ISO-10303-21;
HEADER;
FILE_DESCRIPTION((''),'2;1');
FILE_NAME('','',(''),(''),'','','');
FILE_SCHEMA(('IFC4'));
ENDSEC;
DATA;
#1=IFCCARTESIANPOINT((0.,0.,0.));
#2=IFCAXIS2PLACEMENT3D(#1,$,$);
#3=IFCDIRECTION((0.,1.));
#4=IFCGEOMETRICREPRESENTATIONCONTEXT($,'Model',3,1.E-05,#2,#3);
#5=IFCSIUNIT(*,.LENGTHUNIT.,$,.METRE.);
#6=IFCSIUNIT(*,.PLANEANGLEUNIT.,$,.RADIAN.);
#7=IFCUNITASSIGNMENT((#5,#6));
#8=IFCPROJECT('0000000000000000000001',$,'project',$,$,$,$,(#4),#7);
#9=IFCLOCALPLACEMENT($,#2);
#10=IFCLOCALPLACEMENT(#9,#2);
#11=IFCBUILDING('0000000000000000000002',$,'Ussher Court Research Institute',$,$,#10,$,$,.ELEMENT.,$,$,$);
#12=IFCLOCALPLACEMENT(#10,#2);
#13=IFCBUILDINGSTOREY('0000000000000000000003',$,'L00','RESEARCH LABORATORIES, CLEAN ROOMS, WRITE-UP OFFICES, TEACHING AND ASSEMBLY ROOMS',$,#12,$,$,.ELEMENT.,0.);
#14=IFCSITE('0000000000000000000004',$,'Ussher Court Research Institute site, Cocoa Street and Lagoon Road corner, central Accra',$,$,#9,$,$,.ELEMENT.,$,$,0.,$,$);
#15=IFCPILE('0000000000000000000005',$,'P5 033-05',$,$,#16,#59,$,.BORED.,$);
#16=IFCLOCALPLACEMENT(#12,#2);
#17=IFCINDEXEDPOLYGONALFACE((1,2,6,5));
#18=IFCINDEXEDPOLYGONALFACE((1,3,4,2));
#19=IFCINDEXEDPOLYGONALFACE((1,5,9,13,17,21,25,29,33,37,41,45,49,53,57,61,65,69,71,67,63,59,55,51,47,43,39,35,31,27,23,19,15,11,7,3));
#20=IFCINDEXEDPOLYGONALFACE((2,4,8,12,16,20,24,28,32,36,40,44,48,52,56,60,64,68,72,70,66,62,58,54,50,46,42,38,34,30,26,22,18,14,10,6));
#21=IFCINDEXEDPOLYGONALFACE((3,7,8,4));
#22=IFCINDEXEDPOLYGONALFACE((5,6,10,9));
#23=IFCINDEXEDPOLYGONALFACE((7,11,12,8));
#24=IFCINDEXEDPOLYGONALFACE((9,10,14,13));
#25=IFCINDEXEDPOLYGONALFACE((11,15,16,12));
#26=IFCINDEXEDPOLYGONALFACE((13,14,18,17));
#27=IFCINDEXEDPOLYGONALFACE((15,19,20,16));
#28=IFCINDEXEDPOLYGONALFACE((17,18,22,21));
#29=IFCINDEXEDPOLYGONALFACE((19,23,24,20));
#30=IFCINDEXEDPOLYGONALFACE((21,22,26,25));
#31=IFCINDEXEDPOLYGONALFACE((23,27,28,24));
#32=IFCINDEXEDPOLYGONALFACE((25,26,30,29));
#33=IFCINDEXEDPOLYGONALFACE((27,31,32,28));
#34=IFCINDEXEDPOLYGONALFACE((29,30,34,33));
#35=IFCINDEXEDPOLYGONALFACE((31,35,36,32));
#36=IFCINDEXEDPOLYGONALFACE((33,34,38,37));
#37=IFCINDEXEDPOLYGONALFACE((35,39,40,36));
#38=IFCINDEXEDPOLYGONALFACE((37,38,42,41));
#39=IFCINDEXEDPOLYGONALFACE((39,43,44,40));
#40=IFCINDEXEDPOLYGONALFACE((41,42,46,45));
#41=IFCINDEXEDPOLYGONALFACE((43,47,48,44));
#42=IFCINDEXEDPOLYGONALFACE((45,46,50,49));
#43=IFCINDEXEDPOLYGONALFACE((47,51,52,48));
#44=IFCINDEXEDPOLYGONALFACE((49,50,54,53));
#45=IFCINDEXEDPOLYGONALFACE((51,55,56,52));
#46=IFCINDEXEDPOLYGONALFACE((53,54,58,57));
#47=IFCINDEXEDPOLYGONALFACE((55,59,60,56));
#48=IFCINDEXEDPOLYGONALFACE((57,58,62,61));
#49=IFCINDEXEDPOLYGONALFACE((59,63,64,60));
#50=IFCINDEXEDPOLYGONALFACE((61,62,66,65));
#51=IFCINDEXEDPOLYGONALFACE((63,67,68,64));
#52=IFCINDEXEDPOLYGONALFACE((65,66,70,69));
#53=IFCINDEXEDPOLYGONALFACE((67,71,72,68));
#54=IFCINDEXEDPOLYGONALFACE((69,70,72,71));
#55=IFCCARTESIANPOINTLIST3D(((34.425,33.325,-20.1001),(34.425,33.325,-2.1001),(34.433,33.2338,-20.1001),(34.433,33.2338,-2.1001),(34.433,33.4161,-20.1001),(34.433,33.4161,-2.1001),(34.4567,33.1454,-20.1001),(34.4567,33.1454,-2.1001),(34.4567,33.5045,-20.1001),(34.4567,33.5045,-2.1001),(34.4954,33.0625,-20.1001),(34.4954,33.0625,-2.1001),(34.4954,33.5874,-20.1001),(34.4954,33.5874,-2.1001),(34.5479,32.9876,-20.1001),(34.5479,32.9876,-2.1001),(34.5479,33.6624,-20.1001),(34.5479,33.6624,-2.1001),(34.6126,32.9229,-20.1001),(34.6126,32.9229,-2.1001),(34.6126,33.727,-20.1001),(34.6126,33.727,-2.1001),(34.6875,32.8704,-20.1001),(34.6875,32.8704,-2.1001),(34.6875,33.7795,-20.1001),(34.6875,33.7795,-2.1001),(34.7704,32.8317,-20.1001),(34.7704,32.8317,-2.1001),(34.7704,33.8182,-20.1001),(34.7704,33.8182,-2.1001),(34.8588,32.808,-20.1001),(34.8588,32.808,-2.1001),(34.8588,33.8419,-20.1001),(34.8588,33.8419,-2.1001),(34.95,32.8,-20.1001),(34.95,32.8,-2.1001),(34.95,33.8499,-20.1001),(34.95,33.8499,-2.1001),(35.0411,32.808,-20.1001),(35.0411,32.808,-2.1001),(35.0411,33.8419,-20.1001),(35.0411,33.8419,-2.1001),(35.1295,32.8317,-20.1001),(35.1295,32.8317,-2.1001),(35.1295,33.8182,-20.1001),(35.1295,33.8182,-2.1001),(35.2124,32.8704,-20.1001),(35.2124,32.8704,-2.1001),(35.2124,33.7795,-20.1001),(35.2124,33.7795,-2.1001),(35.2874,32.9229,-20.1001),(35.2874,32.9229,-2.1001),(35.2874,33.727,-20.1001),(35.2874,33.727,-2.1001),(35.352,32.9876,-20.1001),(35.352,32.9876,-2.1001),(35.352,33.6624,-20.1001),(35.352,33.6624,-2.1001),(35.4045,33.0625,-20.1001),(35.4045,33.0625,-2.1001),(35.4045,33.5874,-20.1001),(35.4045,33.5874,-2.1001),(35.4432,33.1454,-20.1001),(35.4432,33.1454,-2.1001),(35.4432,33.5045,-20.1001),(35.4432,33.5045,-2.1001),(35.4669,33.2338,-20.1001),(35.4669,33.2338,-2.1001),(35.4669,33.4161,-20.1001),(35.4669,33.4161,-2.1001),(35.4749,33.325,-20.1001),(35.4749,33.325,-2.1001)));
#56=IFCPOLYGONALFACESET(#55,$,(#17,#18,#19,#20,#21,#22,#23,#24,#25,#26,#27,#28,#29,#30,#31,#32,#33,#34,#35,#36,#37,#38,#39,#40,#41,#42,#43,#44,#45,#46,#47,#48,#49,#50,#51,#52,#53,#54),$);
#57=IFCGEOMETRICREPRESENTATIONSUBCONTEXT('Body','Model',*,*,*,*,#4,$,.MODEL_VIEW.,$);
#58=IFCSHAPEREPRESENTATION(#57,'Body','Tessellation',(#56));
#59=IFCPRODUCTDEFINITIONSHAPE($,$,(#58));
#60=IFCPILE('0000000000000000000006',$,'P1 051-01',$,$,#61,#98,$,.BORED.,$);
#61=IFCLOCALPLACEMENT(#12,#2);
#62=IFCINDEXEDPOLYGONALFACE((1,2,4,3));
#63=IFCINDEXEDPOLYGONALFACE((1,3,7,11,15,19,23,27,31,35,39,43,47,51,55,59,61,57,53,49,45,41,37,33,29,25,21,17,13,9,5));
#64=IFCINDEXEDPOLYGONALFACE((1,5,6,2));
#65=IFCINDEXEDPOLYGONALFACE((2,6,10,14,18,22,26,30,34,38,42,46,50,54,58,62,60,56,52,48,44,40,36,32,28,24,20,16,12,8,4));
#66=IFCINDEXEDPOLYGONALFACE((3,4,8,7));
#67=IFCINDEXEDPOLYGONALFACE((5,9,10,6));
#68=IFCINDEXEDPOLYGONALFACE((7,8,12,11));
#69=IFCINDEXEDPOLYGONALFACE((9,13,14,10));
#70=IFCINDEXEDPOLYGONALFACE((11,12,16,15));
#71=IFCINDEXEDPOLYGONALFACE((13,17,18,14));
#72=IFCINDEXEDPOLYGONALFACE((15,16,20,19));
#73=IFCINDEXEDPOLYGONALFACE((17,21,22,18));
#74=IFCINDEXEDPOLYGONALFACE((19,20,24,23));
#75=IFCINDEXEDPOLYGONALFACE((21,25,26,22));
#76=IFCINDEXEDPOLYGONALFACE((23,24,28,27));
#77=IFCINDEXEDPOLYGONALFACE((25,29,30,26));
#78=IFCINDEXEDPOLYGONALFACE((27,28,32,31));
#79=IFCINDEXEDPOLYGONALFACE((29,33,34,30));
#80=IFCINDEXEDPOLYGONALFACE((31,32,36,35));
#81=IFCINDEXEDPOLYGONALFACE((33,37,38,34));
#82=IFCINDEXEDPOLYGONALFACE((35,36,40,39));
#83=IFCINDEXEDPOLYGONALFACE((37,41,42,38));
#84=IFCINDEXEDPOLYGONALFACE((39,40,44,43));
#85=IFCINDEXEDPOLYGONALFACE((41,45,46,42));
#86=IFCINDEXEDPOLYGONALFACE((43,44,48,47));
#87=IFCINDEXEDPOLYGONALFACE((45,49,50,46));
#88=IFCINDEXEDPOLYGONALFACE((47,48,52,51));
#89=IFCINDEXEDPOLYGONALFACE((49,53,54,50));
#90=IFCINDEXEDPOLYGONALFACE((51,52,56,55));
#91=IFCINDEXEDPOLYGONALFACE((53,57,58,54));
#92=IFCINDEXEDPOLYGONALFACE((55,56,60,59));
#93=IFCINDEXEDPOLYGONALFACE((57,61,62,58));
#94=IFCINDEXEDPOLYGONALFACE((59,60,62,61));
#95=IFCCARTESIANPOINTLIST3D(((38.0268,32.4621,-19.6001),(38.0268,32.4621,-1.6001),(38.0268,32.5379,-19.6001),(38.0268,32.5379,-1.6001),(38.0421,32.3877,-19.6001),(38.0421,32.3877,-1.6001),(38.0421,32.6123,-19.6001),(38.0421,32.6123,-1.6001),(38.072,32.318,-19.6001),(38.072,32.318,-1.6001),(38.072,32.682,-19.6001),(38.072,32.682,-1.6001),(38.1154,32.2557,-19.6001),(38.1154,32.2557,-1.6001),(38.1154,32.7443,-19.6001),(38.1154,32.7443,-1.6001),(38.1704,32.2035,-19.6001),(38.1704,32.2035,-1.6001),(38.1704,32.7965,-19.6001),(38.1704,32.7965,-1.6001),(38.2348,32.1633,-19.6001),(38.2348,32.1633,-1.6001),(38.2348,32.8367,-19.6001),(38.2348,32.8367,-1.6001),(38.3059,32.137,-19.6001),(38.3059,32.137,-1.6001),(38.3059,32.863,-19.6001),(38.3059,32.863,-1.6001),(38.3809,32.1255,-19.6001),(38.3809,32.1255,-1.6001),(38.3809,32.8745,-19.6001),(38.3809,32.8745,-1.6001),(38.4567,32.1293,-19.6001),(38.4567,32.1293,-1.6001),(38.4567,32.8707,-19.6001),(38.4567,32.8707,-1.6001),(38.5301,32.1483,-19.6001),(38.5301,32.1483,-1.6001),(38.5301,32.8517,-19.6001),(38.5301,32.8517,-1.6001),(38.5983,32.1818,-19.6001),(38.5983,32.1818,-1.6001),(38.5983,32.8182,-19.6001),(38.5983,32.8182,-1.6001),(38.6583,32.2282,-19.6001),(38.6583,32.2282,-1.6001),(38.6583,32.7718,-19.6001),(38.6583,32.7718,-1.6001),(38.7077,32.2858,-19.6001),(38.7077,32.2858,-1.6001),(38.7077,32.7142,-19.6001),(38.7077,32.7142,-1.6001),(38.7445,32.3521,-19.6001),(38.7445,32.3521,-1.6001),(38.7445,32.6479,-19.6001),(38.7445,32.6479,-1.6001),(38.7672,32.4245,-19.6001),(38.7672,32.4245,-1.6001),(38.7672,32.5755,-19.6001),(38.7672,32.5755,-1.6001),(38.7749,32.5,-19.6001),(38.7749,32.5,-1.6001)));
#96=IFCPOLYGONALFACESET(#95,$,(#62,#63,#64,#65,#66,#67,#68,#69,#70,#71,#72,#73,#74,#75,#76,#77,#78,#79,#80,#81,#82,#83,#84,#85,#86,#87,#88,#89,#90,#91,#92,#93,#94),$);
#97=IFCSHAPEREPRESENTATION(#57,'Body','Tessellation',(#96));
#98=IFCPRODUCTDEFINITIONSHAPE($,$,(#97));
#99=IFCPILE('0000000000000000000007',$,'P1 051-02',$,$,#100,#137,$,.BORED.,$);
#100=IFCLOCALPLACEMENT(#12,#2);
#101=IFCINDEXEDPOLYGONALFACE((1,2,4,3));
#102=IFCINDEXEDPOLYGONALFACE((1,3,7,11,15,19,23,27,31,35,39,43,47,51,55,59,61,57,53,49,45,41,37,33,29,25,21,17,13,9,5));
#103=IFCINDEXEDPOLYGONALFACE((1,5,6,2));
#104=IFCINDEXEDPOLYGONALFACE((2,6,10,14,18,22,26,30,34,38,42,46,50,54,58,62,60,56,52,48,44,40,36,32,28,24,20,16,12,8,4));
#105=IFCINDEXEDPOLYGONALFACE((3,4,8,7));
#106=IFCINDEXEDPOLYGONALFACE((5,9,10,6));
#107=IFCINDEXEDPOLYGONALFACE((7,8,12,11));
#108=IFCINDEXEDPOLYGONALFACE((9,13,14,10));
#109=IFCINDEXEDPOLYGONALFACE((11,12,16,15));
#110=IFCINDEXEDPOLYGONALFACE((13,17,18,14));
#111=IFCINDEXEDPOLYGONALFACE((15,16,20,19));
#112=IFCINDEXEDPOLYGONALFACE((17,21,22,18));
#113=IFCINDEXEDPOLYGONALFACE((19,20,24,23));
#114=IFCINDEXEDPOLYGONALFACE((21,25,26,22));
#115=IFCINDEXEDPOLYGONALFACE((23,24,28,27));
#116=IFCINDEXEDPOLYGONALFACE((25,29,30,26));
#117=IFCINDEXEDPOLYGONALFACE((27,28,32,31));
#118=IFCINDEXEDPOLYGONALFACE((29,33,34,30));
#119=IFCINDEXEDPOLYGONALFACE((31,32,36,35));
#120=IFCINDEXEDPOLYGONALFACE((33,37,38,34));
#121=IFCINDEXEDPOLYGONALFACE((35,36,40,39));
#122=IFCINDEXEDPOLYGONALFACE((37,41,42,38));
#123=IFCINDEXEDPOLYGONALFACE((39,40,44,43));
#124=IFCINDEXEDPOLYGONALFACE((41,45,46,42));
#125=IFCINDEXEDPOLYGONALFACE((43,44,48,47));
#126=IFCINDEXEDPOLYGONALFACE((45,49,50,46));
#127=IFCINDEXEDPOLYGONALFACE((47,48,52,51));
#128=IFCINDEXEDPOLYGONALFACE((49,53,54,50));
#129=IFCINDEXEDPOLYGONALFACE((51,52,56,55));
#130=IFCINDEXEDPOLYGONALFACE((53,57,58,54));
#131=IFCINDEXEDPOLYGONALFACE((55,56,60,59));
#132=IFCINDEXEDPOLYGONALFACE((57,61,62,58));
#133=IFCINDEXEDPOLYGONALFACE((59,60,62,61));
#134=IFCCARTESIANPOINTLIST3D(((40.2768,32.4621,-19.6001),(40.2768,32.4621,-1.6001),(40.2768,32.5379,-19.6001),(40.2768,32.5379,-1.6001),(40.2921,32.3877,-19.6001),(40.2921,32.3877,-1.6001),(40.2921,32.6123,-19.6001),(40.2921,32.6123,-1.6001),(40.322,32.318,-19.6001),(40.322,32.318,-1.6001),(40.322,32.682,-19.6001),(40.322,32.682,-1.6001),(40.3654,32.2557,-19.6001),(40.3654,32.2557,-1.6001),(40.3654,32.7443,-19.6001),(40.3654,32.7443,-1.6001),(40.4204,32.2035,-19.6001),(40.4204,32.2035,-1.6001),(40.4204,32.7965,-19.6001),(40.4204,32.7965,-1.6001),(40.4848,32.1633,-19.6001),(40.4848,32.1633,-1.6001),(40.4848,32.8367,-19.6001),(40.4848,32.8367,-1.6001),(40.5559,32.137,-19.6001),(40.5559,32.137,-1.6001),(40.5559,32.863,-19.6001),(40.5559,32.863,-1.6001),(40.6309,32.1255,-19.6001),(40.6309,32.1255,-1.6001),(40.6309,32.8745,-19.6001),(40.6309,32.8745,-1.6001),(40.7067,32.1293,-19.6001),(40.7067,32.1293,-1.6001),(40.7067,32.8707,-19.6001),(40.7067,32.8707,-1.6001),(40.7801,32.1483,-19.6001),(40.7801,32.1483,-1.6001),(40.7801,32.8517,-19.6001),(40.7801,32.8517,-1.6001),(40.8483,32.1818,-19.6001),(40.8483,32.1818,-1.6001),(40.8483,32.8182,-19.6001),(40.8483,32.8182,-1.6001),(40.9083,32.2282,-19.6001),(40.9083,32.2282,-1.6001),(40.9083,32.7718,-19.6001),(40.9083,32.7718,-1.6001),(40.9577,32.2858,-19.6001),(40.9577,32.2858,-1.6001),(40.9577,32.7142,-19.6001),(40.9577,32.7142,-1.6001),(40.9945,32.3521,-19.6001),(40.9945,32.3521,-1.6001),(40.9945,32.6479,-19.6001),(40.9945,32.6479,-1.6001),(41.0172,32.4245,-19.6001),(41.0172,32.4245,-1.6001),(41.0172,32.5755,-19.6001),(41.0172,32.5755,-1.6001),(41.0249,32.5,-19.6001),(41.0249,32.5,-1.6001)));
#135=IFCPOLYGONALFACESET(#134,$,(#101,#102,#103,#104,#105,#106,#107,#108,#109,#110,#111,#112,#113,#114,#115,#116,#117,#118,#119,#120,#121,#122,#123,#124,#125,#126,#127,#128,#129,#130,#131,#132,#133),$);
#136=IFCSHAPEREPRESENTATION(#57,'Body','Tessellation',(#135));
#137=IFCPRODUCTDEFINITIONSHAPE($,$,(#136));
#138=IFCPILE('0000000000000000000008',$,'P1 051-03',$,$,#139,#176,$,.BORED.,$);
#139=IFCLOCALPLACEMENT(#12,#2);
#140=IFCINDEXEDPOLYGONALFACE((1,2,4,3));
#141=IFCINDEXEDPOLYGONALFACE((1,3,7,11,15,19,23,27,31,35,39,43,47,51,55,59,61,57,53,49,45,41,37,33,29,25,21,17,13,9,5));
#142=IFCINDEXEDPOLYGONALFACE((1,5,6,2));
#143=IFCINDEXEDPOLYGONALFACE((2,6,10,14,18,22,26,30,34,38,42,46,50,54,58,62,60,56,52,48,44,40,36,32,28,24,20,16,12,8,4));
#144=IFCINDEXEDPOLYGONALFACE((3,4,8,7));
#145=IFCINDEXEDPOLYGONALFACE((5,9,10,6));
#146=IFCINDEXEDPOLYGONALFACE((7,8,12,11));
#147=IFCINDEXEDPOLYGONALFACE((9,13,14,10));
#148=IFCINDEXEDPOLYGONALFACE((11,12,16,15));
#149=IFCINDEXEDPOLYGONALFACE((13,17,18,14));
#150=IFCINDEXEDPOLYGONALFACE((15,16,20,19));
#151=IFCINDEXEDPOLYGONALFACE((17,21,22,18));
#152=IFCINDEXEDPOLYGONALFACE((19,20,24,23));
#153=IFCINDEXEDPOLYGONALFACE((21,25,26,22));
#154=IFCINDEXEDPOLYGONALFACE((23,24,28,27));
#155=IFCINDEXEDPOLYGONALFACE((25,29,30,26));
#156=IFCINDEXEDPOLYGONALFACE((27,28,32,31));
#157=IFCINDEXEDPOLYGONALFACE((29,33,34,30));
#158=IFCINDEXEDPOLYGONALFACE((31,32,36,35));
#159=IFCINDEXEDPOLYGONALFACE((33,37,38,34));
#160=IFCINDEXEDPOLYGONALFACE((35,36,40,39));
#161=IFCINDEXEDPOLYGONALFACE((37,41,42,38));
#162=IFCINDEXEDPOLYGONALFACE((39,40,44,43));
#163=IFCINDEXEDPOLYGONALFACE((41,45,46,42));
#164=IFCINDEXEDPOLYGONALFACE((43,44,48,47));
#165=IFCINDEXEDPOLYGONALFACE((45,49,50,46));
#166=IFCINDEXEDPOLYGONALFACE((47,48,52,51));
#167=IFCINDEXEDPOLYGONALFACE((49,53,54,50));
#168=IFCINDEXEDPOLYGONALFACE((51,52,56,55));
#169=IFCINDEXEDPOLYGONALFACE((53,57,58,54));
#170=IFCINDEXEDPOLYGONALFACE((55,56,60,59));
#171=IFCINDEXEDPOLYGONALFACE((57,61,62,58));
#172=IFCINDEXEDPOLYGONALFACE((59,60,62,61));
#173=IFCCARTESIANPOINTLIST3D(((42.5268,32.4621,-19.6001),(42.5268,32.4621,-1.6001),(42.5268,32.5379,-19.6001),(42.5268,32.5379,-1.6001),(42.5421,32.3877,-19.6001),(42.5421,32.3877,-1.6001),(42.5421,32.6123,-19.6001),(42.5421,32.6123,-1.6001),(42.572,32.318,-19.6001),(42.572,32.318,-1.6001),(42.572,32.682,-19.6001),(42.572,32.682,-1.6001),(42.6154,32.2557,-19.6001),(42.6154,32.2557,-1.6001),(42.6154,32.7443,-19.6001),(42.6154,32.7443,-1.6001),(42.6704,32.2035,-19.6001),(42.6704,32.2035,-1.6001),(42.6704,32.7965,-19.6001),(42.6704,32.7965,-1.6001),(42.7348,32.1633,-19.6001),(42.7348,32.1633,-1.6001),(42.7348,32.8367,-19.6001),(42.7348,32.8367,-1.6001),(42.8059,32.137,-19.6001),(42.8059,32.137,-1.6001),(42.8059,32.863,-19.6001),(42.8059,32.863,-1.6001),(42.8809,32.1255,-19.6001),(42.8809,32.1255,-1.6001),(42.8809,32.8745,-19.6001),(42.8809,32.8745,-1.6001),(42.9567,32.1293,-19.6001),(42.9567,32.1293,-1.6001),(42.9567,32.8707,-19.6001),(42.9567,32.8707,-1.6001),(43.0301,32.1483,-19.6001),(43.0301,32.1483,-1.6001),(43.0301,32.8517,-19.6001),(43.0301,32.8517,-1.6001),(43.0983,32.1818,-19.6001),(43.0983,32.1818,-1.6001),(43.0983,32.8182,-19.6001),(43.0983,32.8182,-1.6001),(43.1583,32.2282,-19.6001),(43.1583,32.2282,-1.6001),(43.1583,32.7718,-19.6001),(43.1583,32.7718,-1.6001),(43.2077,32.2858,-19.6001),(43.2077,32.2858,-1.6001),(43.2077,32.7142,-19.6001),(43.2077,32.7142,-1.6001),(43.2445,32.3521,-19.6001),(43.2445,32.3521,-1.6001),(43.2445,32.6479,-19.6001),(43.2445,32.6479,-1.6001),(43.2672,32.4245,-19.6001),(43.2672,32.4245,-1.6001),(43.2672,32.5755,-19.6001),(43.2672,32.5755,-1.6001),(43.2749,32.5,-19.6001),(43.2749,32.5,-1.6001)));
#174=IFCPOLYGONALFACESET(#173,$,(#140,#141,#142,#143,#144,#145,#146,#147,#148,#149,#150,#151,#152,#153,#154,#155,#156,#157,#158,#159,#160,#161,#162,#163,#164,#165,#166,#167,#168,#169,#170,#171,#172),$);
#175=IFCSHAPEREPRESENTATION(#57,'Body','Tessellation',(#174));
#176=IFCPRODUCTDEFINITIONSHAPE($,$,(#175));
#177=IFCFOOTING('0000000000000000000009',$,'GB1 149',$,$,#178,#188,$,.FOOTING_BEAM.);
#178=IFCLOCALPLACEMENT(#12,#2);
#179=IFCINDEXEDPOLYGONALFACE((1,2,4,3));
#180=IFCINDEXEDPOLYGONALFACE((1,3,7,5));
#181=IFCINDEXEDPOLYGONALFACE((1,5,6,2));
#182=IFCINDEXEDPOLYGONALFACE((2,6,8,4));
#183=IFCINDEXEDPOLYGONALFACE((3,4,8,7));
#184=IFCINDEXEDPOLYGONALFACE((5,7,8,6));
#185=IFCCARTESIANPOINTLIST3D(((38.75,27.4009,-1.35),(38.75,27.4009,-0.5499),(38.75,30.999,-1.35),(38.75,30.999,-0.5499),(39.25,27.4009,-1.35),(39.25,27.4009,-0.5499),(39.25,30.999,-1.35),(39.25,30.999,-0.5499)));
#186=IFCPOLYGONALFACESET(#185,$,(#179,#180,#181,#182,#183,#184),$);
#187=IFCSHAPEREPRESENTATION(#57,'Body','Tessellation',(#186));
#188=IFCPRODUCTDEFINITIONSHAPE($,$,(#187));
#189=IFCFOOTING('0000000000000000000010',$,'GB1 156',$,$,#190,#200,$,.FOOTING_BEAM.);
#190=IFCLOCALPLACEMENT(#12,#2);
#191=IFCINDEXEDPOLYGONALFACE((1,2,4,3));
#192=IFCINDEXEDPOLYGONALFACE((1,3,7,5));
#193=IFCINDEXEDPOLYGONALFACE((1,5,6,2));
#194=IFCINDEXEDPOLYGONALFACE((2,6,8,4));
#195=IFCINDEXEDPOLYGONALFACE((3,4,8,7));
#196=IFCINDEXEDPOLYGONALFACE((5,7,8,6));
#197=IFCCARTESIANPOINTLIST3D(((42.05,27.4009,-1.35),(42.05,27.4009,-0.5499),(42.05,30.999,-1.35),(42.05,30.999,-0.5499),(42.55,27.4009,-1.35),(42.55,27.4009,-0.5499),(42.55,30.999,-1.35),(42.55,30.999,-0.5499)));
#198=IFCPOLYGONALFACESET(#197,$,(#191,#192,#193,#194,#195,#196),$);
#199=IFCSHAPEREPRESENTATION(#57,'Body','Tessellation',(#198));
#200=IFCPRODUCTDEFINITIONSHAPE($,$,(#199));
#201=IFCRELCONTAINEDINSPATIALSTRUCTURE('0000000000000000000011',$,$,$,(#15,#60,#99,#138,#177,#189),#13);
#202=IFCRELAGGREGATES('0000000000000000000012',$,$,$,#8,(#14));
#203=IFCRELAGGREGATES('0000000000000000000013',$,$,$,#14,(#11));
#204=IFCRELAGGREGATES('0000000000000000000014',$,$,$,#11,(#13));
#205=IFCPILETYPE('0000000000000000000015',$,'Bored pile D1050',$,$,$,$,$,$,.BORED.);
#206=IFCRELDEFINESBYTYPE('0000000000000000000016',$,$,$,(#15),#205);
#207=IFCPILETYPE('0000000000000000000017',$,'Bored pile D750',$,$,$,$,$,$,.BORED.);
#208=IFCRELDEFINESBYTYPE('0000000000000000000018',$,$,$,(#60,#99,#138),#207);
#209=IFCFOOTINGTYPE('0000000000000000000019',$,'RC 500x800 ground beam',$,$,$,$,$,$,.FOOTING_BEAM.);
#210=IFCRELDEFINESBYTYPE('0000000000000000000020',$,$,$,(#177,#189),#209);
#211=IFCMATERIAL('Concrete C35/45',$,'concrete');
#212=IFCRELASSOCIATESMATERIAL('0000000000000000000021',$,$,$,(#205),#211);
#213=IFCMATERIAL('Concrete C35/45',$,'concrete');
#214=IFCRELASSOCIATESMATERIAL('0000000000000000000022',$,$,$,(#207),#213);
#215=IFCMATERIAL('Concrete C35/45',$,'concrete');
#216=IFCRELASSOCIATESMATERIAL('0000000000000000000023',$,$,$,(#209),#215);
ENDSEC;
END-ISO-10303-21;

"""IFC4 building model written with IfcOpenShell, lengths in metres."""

from ifc_helpers import new_model, si_unit, direction, frame, origin, origin_2d, place, context, subcontext, project, spatial, rectangle, circle, extrude, material, material_profile, profile_set, type_object, element, save


model = new_model("IFC4")

# Units and contexts
model_context = context("Model", 3, precision=1e-05, world=origin(), true_north=direction((0.0, 1.0)))
body_context = subcontext(model_context, "Body", "Model", "MODEL_VIEW")
ifc_project = project(units=[si_unit("LENGTHUNIT", "METRE"), si_unit("PLANEANGLEUNIT", "RADIAN")], contexts=[model_context])

# Site, building, storey
site_placement = place(None, origin())
site = spatial("IfcSite", under=ifc_project, at=site_placement, Name="Ussher Court Research Institute site, Cocoa Street and Lagoon Road corner, central Accra", CompositionType="ELEMENT", RefElevation=0.0)
building_placement = place(site_placement, origin())
building = spatial("IfcBuilding", under=site, at=building_placement, Name="Ussher Court Research Institute", CompositionType="ELEMENT")
storey_placement = place(building_placement, origin())
storey = spatial("IfcBuildingStorey", under=building, at=storey_placement, Name="L00", Description="RESEARCH LABORATORIES, CLEAN ROOMS, WRITE-UP OFFICES, TEACHING AND ASSEMBLY ROOMS", CompositionType="ELEMENT", Elevation=0.0)

# Piles
ifc_material_1 = material(Name="Concrete C35/45", Category="concrete")
ifc_material_profile_1 = material_profile(ifc_material_1, circle(Radius=0.5249, at=origin_2d()), Name="RC D1050")
ifc_profile_set_1 = profile_set([ifc_material_profile_1], Name="Concrete C35/45")
pile_type_1 = type_object("IfcPileType", Name="Bored pile D1050", PredefinedType="BORED", material=ifc_profile_set_1)
pile_placement = place(storey_placement, frame((34.95, 33.325, -2.1001), z_axis=(0.0, 0.0, -1.0), x_axis=(1.0, 0.0, 0.0)))
element("IfcPile", 1, at=pile_placement, inside=storey, type_object=pile_type_1, Name="P5 033-05", PredefinedType="BORED", context=body_context, shape_type="SweptSolid", body=[
    extrude(circle(Radius=0.5249, at=origin_2d()), origin(), (0.0, 0.0, 1.0), 18.0),
])
ifc_material_2 = material(Name="Concrete C35/45", Category="concrete")
ifc_material_profile_2 = material_profile(ifc_material_2, circle(Radius=0.375, at=origin_2d()), Name="RC D750")
ifc_profile_set_2 = profile_set([ifc_material_profile_2], Name="Concrete C35/45")
pile_type_2 = type_object("IfcPileType", Name="Bored pile D750", PredefinedType="BORED", material=ifc_profile_set_2)
for number, where, z_axis, x_axis, name in (
    (2, (38.3999, 32.5, -1.6001), (0.0, 0.0, -1.0), (1.0, 0.0, 0.0), "P1 051-01"),
    (3, (40.6499, 32.5, -1.6001), (0.0, 0.0, -1.0), (1.0, 0.0, 0.0), "P1 051-02"),
    (4, (42.8999, 32.5, -1.6001), (0.0, 0.0, -1.0), (1.0, 0.0, 0.0), "P1 051-03"),
):
    element("IfcPile", number, at=place(storey_placement, frame(where, z_axis=z_axis, x_axis=x_axis)), inside=storey, type_object=pile_type_2, Name=name, PredefinedType="BORED", context=body_context, shape_type="SweptSolid", body=[
        extrude(circle(Radius=0.375, at=origin_2d()), origin(), (0.0, 0.0, 1.0), 18.0),
    ])

# Footings
ifc_material_3 = material(Name="Concrete C35/45", Category="concrete")
ifc_material_profile_3 = material_profile(ifc_material_3, rectangle(XDim=0.5, YDim=0.8, at=origin_2d()), Name="RC 500x800")
ifc_profile_set_3 = profile_set([ifc_material_profile_3], Name="Concrete C35/45")
footing_type_1 = type_object("IfcFootingType", Name="RC 500x800 ground beam", PredefinedType="FOOTING_BEAM", material=ifc_profile_set_3)
for number, where, z_axis, x_axis, name in (
    (5, (39.0, 27.4009, -0.95), (0.0, 1.0, 0.0), (-1.0, 0.0, 0.0), "GB1 149"),
    (6, (42.3, 27.4009, -0.95), (0.0, 1.0, 0.0), (-1.0, 0.0, 0.0), "GB1 156"),
):
    element("IfcFooting", number, at=place(storey_placement, frame(where, z_axis=z_axis, x_axis=x_axis)), inside=storey, type_object=footing_type_1, Name=name, PredefinedType="FOOTING_BEAM", context=body_context, shape_type="SweptSolid", body=[
        extrude(rectangle(XDim=0.5, YDim=0.8, at=origin_2d()), origin(), (0.0, 0.0, 1.0), 3.5981),
    ])

save(model, "model.ifc")
